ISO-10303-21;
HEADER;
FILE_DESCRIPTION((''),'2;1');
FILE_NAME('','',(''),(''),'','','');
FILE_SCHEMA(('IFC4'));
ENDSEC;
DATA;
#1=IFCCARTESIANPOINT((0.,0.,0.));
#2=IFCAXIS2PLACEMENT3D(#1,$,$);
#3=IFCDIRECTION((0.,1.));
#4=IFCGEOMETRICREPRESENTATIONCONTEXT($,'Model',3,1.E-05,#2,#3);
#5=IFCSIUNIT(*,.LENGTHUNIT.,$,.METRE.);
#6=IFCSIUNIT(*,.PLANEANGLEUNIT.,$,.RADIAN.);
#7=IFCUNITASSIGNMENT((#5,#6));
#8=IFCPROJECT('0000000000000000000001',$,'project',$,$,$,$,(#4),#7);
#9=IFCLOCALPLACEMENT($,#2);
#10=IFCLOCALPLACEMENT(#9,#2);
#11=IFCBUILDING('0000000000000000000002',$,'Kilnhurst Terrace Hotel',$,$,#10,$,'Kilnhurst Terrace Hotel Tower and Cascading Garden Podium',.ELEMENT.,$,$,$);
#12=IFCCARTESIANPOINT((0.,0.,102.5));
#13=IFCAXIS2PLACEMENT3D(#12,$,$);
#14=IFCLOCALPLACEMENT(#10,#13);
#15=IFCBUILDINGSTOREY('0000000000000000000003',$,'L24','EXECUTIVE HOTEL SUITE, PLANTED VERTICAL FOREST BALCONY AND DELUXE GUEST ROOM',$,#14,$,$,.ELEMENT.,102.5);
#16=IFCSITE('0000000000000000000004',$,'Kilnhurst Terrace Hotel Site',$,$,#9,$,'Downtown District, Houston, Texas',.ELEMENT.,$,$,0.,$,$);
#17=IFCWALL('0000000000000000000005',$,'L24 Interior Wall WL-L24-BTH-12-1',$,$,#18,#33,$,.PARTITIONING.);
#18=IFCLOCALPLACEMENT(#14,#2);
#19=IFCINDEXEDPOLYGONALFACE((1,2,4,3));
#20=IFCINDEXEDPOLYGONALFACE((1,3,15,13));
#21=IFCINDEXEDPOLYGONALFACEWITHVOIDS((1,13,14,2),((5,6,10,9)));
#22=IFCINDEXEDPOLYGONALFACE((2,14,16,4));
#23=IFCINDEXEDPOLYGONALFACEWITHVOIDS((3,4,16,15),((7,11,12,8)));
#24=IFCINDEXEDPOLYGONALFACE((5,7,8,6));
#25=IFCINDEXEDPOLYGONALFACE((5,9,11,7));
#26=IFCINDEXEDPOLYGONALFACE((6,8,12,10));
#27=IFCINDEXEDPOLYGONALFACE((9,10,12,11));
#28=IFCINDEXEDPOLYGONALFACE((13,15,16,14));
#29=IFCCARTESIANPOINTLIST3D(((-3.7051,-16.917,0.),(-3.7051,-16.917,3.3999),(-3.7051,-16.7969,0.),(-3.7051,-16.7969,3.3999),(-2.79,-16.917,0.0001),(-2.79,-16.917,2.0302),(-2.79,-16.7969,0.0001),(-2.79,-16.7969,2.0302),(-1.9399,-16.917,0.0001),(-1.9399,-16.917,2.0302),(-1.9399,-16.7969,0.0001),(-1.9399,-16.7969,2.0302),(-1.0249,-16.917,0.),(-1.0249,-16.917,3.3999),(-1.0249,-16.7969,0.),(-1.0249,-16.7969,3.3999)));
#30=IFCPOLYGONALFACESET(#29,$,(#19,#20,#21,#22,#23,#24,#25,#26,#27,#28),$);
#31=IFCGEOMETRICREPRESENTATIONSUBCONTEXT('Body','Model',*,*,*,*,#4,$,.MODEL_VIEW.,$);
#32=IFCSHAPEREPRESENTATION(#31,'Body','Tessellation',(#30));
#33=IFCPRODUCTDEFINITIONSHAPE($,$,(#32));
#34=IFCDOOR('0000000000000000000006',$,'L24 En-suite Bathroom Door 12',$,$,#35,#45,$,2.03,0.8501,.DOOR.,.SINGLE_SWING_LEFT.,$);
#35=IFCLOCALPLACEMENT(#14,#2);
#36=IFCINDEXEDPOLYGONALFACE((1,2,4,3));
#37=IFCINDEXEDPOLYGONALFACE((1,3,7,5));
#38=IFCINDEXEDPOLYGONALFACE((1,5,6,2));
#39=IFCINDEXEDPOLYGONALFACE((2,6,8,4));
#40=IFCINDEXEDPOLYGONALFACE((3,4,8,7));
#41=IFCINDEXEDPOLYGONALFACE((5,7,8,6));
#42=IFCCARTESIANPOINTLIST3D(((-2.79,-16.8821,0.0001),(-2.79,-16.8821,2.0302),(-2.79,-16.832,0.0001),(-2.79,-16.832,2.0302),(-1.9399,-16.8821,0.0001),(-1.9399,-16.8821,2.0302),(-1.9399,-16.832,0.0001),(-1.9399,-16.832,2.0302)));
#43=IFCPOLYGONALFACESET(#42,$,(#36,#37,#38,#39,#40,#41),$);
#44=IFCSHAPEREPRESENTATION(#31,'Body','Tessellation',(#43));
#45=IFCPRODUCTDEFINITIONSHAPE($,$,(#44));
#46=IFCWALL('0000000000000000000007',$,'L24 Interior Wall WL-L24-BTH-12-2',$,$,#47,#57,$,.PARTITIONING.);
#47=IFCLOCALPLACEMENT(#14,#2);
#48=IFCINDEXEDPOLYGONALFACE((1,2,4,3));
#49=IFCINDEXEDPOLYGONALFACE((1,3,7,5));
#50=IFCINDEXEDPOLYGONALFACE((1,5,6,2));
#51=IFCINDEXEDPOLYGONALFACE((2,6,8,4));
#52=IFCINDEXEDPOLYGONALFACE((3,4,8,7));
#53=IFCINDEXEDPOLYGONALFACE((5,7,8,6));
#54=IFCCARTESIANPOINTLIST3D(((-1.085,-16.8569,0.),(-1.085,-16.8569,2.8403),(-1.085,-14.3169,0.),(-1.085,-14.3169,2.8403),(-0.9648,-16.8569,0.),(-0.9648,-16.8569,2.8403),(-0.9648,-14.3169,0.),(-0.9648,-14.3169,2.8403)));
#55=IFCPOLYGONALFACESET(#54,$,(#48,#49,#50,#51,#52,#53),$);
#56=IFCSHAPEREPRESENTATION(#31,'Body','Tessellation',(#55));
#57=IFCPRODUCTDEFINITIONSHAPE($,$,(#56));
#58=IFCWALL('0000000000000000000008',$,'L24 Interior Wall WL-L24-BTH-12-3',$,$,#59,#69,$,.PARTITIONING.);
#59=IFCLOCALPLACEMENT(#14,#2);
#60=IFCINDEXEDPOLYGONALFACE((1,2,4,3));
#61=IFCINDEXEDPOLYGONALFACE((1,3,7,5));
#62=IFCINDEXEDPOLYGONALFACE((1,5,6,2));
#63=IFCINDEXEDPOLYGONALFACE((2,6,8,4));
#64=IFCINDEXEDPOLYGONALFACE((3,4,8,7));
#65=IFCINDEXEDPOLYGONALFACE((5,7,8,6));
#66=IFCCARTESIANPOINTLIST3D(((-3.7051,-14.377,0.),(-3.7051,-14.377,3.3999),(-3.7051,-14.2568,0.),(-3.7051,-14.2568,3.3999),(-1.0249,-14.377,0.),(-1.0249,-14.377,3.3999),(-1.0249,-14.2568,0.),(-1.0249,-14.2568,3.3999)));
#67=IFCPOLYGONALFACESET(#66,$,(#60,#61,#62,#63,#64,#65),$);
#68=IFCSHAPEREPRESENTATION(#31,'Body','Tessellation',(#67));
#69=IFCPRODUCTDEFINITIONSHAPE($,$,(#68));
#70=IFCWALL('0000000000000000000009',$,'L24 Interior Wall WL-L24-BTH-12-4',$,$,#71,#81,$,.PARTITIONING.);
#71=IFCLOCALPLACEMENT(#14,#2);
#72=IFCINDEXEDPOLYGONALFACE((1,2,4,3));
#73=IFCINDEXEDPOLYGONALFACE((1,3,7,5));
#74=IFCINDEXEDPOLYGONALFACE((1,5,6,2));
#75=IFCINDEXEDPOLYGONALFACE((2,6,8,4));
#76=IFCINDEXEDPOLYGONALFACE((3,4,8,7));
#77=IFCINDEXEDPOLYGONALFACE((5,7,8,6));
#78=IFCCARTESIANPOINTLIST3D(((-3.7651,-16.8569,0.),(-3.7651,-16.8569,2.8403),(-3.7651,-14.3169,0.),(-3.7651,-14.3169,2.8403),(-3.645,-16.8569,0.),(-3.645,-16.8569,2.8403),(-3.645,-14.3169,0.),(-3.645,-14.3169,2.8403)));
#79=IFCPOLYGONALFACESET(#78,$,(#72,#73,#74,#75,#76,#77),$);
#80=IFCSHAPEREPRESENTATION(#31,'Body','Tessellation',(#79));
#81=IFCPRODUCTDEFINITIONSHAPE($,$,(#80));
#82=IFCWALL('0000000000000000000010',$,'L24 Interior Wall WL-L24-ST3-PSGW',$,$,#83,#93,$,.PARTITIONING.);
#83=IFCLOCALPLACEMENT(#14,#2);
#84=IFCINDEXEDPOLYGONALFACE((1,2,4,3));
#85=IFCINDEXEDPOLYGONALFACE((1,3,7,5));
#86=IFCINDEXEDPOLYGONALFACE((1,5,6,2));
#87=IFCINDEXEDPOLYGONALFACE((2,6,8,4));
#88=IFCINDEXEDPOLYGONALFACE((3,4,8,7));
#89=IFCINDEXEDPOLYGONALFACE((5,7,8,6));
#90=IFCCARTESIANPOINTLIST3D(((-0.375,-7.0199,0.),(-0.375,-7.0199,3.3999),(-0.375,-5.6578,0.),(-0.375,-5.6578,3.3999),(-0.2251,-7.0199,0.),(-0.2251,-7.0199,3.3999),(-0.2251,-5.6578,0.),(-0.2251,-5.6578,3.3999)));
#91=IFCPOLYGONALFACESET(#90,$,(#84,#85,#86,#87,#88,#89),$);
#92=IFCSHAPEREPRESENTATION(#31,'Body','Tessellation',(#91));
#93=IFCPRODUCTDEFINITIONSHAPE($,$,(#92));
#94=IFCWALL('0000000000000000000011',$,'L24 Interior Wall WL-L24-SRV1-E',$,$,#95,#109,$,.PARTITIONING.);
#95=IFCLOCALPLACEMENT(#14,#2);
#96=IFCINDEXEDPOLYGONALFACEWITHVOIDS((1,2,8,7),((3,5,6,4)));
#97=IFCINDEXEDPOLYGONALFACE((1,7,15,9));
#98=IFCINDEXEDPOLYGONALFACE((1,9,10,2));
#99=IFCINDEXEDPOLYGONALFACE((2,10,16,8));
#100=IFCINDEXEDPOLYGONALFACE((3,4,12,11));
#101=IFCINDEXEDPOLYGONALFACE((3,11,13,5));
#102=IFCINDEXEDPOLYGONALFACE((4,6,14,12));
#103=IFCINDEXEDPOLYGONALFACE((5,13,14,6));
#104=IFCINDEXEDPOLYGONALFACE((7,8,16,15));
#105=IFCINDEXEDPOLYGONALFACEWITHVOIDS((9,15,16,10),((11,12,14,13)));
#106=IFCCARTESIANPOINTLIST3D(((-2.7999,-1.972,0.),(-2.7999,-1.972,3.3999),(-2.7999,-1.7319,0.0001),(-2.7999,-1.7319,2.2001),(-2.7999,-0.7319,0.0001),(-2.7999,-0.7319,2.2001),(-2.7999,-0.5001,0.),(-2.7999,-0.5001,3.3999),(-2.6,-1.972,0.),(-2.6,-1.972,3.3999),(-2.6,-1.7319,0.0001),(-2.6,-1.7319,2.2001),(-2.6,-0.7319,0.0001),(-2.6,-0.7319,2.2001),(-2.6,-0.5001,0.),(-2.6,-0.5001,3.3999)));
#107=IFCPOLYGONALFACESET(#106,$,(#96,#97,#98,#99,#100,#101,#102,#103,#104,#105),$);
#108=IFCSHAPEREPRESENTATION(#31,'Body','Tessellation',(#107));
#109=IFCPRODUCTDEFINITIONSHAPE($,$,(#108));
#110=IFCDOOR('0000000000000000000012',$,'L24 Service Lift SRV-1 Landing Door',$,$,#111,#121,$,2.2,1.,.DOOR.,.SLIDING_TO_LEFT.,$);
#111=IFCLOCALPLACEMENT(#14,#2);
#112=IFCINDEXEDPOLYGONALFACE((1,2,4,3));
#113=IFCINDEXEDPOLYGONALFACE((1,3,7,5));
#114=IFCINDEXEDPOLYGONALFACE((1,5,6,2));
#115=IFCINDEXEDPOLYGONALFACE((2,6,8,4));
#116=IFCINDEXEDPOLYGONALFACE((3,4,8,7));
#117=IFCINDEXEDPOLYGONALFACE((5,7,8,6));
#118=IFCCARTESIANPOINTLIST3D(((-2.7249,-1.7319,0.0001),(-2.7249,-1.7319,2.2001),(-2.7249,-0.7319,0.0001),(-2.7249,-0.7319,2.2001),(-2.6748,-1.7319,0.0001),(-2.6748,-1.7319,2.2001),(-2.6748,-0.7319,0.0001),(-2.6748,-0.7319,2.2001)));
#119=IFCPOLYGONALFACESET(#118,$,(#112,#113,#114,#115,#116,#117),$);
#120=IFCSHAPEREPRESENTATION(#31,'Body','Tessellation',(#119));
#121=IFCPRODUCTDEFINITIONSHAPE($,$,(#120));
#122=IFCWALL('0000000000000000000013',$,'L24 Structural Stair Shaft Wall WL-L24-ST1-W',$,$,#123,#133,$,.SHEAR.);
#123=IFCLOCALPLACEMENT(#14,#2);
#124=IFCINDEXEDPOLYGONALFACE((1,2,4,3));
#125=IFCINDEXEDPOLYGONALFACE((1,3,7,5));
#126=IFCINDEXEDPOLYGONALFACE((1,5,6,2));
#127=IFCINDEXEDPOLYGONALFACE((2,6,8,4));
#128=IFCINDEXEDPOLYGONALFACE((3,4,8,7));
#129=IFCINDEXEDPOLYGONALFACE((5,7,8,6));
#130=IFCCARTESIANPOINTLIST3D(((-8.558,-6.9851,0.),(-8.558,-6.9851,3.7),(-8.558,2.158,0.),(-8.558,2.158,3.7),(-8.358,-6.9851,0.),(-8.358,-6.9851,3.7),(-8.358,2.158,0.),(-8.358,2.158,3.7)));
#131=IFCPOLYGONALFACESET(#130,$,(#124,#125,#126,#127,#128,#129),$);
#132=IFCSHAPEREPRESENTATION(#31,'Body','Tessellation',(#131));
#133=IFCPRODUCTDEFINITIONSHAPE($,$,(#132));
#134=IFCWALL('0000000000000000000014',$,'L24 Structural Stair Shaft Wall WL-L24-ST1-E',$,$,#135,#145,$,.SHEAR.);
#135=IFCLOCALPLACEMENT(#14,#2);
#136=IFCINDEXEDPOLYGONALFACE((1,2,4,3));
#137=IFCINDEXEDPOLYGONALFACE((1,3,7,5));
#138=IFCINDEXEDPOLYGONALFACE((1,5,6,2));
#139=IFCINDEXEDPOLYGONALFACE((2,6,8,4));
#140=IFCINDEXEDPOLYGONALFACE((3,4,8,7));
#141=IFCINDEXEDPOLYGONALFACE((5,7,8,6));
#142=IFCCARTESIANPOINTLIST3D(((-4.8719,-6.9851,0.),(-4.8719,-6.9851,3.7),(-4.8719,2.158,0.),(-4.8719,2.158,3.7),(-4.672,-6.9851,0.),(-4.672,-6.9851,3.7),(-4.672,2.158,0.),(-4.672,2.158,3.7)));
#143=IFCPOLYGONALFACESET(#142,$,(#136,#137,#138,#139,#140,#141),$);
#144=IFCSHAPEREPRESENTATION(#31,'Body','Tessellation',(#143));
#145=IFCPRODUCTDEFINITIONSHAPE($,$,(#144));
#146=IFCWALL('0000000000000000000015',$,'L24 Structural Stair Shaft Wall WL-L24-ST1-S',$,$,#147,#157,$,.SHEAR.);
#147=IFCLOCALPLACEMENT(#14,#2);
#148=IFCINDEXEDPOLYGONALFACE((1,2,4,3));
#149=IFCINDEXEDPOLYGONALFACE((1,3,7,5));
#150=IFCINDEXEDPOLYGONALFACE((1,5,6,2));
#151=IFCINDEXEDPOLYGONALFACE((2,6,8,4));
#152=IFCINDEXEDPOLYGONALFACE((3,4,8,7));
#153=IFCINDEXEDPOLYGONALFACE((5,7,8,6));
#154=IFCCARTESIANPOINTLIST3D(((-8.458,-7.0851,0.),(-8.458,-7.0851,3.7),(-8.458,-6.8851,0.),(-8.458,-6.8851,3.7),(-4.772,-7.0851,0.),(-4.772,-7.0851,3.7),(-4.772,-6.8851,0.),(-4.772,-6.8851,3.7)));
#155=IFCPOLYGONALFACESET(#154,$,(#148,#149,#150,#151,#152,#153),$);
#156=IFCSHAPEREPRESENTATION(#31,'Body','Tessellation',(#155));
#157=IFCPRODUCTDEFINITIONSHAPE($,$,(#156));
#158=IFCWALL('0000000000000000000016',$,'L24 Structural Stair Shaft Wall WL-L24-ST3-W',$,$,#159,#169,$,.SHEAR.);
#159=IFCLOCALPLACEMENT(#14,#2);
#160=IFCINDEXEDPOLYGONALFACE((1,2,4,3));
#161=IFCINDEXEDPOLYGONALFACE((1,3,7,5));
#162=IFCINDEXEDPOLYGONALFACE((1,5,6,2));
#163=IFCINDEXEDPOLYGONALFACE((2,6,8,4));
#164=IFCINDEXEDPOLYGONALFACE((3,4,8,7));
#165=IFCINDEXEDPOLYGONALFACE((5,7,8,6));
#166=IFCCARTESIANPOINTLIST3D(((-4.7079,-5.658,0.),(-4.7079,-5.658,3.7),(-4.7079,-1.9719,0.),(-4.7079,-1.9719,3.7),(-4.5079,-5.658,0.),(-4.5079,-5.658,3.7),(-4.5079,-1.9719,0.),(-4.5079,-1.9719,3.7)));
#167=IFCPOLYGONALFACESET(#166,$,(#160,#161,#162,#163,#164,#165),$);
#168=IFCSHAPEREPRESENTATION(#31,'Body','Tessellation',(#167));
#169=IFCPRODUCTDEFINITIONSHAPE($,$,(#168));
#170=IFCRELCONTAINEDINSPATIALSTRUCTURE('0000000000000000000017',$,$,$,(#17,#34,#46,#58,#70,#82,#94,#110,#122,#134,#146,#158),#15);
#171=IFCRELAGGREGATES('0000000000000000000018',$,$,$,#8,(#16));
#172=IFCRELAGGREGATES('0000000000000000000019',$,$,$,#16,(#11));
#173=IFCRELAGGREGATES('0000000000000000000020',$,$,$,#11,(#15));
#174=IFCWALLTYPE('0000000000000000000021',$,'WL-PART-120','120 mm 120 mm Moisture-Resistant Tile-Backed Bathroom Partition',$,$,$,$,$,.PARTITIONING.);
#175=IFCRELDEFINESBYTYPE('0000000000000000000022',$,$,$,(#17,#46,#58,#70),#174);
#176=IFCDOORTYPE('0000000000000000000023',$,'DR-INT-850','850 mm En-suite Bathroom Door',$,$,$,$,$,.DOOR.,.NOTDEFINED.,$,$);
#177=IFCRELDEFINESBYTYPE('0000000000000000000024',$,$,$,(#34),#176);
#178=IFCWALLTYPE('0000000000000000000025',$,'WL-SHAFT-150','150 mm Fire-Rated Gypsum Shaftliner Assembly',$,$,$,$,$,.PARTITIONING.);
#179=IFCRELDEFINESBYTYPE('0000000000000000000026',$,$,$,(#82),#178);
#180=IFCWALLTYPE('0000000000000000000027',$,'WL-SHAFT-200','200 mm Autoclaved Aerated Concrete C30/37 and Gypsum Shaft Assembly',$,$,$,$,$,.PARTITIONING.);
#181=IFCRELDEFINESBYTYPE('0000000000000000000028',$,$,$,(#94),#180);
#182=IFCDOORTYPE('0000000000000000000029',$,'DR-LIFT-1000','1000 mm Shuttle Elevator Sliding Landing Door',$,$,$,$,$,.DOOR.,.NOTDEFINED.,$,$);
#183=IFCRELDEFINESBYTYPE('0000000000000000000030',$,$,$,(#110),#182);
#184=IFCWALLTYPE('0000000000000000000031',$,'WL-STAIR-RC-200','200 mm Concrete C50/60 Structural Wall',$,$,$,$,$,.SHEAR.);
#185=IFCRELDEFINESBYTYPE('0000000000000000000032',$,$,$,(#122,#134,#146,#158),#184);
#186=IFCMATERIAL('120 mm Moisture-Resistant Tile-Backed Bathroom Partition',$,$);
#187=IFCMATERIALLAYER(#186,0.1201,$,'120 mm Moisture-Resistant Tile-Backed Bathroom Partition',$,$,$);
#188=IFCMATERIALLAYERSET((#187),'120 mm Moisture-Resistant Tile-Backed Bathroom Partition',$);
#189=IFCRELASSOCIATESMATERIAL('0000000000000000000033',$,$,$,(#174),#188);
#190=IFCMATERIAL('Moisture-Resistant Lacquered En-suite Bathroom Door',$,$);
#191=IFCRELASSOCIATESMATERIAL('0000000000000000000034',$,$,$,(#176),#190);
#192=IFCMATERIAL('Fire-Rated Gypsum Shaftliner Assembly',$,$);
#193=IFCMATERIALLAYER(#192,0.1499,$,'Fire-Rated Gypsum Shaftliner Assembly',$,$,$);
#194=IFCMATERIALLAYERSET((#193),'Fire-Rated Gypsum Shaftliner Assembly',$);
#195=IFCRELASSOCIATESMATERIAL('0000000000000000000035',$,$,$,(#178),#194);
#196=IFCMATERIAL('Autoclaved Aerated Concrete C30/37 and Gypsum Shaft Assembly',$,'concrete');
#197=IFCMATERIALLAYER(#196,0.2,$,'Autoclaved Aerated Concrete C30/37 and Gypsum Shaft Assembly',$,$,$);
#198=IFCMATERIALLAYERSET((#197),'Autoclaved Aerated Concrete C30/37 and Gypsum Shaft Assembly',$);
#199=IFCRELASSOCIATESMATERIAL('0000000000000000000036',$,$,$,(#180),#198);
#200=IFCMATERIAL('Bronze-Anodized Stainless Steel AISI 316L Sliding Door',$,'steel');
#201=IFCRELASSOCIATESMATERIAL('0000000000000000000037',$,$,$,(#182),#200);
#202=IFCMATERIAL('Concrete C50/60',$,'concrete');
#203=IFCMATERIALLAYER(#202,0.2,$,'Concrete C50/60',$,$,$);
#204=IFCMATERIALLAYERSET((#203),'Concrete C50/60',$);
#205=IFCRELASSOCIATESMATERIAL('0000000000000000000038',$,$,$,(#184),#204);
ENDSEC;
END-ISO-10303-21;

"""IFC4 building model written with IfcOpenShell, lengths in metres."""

from ifc_helpers import new_model, si_unit, direction, frame, frame_2d, origin, place, context, subcontext, project, spatial, rectangle, extrude, material, layer, layer_set, type_object, element, fill, save


model = new_model("IFC4")

# Units and contexts
model_context = context("Model", 3, precision=1e-05, world=origin(), true_north=direction((0.0, 1.0)))
body_context = subcontext(model_context, "Body", "Model", "MODEL_VIEW")
ifc_project = project(units=[si_unit("LENGTHUNIT", "METRE"), si_unit("PLANEANGLEUNIT", "RADIAN")], contexts=[model_context])

# Site, building, storey
site_placement = place(None, origin())
site = spatial("IfcSite", under=ifc_project, at=site_placement, Name="Kilnhurst Terrace Hotel Site", LongName="Downtown District, Houston, Texas", CompositionType="ELEMENT", RefElevation=0.0)
building_placement = place(site_placement, origin())
building = spatial("IfcBuilding", under=site, at=building_placement, Name="Kilnhurst Terrace Hotel", LongName="Kilnhurst Terrace Hotel Tower and Cascading Garden Podium", CompositionType="ELEMENT")
storey_placement = place(building_placement, frame((0.0, 0.0, 102.5)))
storey = spatial("IfcBuildingStorey", under=building, at=storey_placement, Name="L24", Description="EXECUTIVE HOTEL SUITE, PLANTED VERTICAL FOREST BALCONY AND DELUXE GUEST ROOM", CompositionType="ELEMENT", Elevation=102.5)

# Shared definitions
ifc_material_1 = material(Name="Concrete C50/60", Category="concrete")

# Wall, opening, door
ifc_material_2 = material(Name="120 mm Moisture-Resistant Tile-Backed Bathroom Partition")
ifc_layer_1 = layer(ifc_material_2, 0.1201, Name="120 mm Moisture-Resistant Tile-Backed Bathroom Partition")
ifc_layer_set_1 = layer_set([ifc_layer_1], Name="120 mm Moisture-Resistant Tile-Backed Bathroom Partition")
wall_type_1 = type_object("IfcWallType", Name="WL-PART-120", Description="120 mm 120 mm Moisture-Resistant Tile-Backed Bathroom Partition", PredefinedType="PARTITIONING", material=ifc_layer_set_1)
wall_1_placement = place(storey_placement, frame((-3.7051, -16.8569, 0.0), z_axis=(0.0, 0.0, 1.0), x_axis=(1.0, 0.0, 0.0)))
wall_1 = element("IfcWall", 1, at=wall_1_placement, inside=storey, type_object=wall_type_1, Name="L24 Interior Wall WL-L24-BTH-12-1", PredefinedType="PARTITIONING", context=body_context, shape_type="SweptSolid", body=[
    extrude(rectangle(XDim=2.6802, YDim=0.1201, at=frame_2d((1.3401, 0.0))), origin(), (0.0, 0.0, 1.0), 3.3999),
])
opening_1_placement = place(wall_1_placement, frame((0.915, 0.0, 0.0)))
opening_1 = element("IfcOpeningElement", 2, at=opening_1_placement, cuts=wall_1, PredefinedType="OPENING", context=body_context, shape_type="SweptSolid", body=[
    extrude(rectangle(XDim=0.8501, YDim=2.03, at=frame_2d((0.425, 1.0151))), frame((0.0, 0.0701, 0.0), z_axis=(0.0, -1.0, 0.0), x_axis=(1.0, 0.0, 0.0)), (0.0, 0.0, 1.0), 0.1401),
])
ifc_material_3 = material(Name="Moisture-Resistant Lacquered En-suite Bathroom Door")
door_type_1 = type_object("IfcDoorType", Name="DR-INT-850", Description="850 mm En-suite Bathroom Door", OperationType="NOTDEFINED", PredefinedType="DOOR", material=ifc_material_3)
door_1_placement = place(opening_1_placement, origin())
door_1 = element("IfcDoor", 3, at=door_1_placement, inside=storey, type_object=door_type_1, Name="L24 En-suite Bathroom Door 12", OperationType="SINGLE_SWING_LEFT", OverallHeight=2.03, OverallWidth=0.8501, PredefinedType="DOOR", context=body_context, shape_type="SweptSolid", body=[
    extrude(rectangle(XDim=0.8501, YDim=2.03, at=frame_2d((0.425, 1.0151))), frame((0.0, 0.0249, 0.0), z_axis=(0.0, -1.0, 0.0), x_axis=(1.0, 0.0, 0.0)), (0.0, 0.0, 1.0), 0.05),
])
fill(opening_1, door_1)

# Walls
wall_2_placement = place(storey_placement, frame((-1.0249, -16.8569, 0.0), z_axis=(0.0, 0.0, 1.0), x_axis=(0.0, 1.0, 0.0)))
element("IfcWall", 4, at=wall_2_placement, inside=storey, type_object=wall_type_1, Name="L24 Interior Wall WL-L24-BTH-12-2", PredefinedType="PARTITIONING", context=body_context, shape_type="SweptSolid", body=[
    extrude(rectangle(XDim=2.54, YDim=0.1201, at=frame_2d((1.27, 0.0))), origin(), (0.0, 0.0, 1.0), 2.8403),
])
wall_3_placement = place(storey_placement, frame((-1.0249, -14.3169, 0.0), z_axis=(0.0, 0.0, 1.0), x_axis=(-1.0, 0.0, 0.0)))
element("IfcWall", 5, at=wall_3_placement, inside=storey, type_object=wall_type_1, Name="L24 Interior Wall WL-L24-BTH-12-3", PredefinedType="PARTITIONING", context=body_context, shape_type="SweptSolid", body=[
    extrude(rectangle(XDim=2.6802, YDim=0.1201, at=frame_2d((1.3401, 0.0))), origin(), (0.0, 0.0, 1.0), 3.3999),
])
wall_4_placement = place(storey_placement, frame((-3.7051, -14.3169, 0.0), z_axis=(0.0, 0.0, 1.0), x_axis=(0.0, -1.0, 0.0)))
element("IfcWall", 6, at=wall_4_placement, inside=storey, type_object=wall_type_1, Name="L24 Interior Wall WL-L24-BTH-12-4", PredefinedType="PARTITIONING", context=body_context, shape_type="SweptSolid", body=[
    extrude(rectangle(XDim=2.54, YDim=0.1201, at=frame_2d((1.27, 0.0))), origin(), (0.0, 0.0, 1.0), 2.8403),
])
ifc_material_4 = material(Name="Fire-Rated Gypsum Shaftliner Assembly")
ifc_layer_2 = layer(ifc_material_4, 0.1499, Name="Fire-Rated Gypsum Shaftliner Assembly")
ifc_layer_set_2 = layer_set([ifc_layer_2], Name="Fire-Rated Gypsum Shaftliner Assembly")
wall_type_2 = type_object("IfcWallType", Name="WL-SHAFT-150", Description="150 mm Fire-Rated Gypsum Shaftliner Assembly", PredefinedType="PARTITIONING", material=ifc_layer_set_2)
wall_5_placement = place(storey_placement, frame((-0.3, -7.02, 0.0), z_axis=(0.0, 0.0, 1.0), x_axis=(0.0, 1.0, 0.0)))
element("IfcWall", 7, at=wall_5_placement, inside=storey, type_object=wall_type_2, Name="L24 Interior Wall WL-L24-ST3-PSGW", PredefinedType="PARTITIONING", context=body_context, shape_type="SweptSolid", body=[
    extrude(rectangle(XDim=1.3621, YDim=0.1499, at=frame_2d((0.6812, 0.0))), origin(), (0.0, 0.0, 1.0), 3.3999),
])

# Wall, opening, door
ifc_material_5 = material(Name="Autoclaved Aerated Concrete C30/37 and Gypsum Shaft Assembly", Category="concrete")
ifc_layer_3 = layer(ifc_material_5, 0.2, Name="Autoclaved Aerated Concrete C30/37 and Gypsum Shaft Assembly")
ifc_layer_set_3 = layer_set([ifc_layer_3], Name="Autoclaved Aerated Concrete C30/37 and Gypsum Shaft Assembly")
wall_type_3 = type_object("IfcWallType", Name="WL-SHAFT-200", Description="200 mm Autoclaved Aerated Concrete C30/37 and Gypsum Shaft Assembly", PredefinedType="PARTITIONING", material=ifc_layer_set_3)
wall_6_placement = place(storey_placement, frame((-2.7, -1.9719, 0.0), z_axis=(0.0, 0.0, 1.0), x_axis=(0.0, 1.0, 0.0)))
wall_6 = element("IfcWall", 8, at=wall_6_placement, inside=storey, type_object=wall_type_3, Name="L24 Interior Wall WL-L24-SRV1-E", PredefinedType="PARTITIONING", context=body_context, shape_type="SweptSolid", body=[
    extrude(rectangle(XDim=1.4719, YDim=0.2, at=frame_2d((0.7358, 0.0))), origin(), (0.0, 0.0, 1.0), 3.3999),
])
opening_2_placement = place(wall_6_placement, frame((0.24, 0.0, 0.0)))
opening_2 = element("IfcOpeningElement", 9, at=opening_2_placement, cuts=wall_6, PredefinedType="OPENING", context=body_context, shape_type="SweptSolid", body=[
    extrude(rectangle(XDim=1.0, YDim=2.2, at=frame_2d((0.5, 1.1001))), frame((0.0, 0.1099, 0.0), z_axis=(0.0, -1.0, 0.0), x_axis=(1.0, 0.0, 0.0)), (0.0, 0.0, 1.0), 0.22),
])
ifc_material_6 = material(Name="Bronze-Anodized Stainless Steel AISI 316L Sliding Door", Category="steel")
door_type_2 = type_object("IfcDoorType", Name="DR-LIFT-1000", Description="1000 mm Shuttle Elevator Sliding Landing Door", OperationType="NOTDEFINED", PredefinedType="DOOR", material=ifc_material_6)
door_2_placement = place(opening_2_placement, origin())
door_2 = element("IfcDoor", 10, at=door_2_placement, inside=storey, type_object=door_type_2, Name="L24 Service Lift SRV-1 Landing Door", OperationType="SLIDING_TO_LEFT", OverallHeight=2.2, OverallWidth=1.0, PredefinedType="DOOR", context=body_context, shape_type="SweptSolid", body=[
    extrude(rectangle(XDim=1.0, YDim=2.2, at=frame_2d((0.5, 1.1001))), frame((0.0, 0.0249, 0.0), z_axis=(0.0, -1.0, 0.0), x_axis=(1.0, 0.0, 0.0)), (0.0, 0.0, 1.0), 0.05),
])
fill(opening_2, door_2)

# Walls
ifc_layer_4 = layer(ifc_material_1, 0.2, Name="Concrete C50/60")
ifc_layer_set_4 = layer_set([ifc_layer_4], Name="Concrete C50/60")
wall_type_4 = type_object("IfcWallType", Name="WL-STAIR-RC-200", Description="200 mm Concrete C50/60 Structural Wall", PredefinedType="SHEAR", material=ifc_layer_set_4)
for number, where, z_axis, x_axis, name in (
    (11, (-8.458, -6.9851, 0.0), (0.0, 0.0, 1.0), (0.0, 1.0, 0.0), "L24 Structural Stair Shaft Wall WL-L24-ST1-W"),
    (12, (-4.772, -6.9851, 0.0), (0.0, 0.0, 1.0), (0.0, 1.0, 0.0), "L24 Structural Stair Shaft Wall WL-L24-ST1-E"),
):
    element("IfcWall", number, at=place(storey_placement, frame(where, z_axis=z_axis, x_axis=x_axis)), inside=storey, type_object=wall_type_4, Name=name, PredefinedType="SHEAR", context=body_context, shape_type="SweptSolid", body=[
        extrude(rectangle(XDim=9.1431, YDim=0.2, at=frame_2d((4.5715, 0.0))), origin(), (0.0, 0.0, 1.0), 3.7),
    ])
for number, where, z_axis, x_axis, name in (
    (13, (-8.458, -6.9851, 0.0), (0.0, 0.0, 1.0), (1.0, 0.0, 0.0), "L24 Structural Stair Shaft Wall WL-L24-ST1-S"),
    (14, (-4.6079, -5.658, 0.0), (0.0, 0.0, 1.0), (0.0, 1.0, 0.0), "L24 Structural Stair Shaft Wall WL-L24-ST3-W"),
):
    element("IfcWall", number, at=place(storey_placement, frame(where, z_axis=z_axis, x_axis=x_axis)), inside=storey, type_object=wall_type_4, Name=name, PredefinedType="SHEAR", context=body_context, shape_type="SweptSolid", body=[
        extrude(rectangle(XDim=3.686, YDim=0.2, at=frame_2d((1.843, 0.0))), origin(), (0.0, 0.0, 1.0), 3.7),
    ])

save(model, "model.ifc")
